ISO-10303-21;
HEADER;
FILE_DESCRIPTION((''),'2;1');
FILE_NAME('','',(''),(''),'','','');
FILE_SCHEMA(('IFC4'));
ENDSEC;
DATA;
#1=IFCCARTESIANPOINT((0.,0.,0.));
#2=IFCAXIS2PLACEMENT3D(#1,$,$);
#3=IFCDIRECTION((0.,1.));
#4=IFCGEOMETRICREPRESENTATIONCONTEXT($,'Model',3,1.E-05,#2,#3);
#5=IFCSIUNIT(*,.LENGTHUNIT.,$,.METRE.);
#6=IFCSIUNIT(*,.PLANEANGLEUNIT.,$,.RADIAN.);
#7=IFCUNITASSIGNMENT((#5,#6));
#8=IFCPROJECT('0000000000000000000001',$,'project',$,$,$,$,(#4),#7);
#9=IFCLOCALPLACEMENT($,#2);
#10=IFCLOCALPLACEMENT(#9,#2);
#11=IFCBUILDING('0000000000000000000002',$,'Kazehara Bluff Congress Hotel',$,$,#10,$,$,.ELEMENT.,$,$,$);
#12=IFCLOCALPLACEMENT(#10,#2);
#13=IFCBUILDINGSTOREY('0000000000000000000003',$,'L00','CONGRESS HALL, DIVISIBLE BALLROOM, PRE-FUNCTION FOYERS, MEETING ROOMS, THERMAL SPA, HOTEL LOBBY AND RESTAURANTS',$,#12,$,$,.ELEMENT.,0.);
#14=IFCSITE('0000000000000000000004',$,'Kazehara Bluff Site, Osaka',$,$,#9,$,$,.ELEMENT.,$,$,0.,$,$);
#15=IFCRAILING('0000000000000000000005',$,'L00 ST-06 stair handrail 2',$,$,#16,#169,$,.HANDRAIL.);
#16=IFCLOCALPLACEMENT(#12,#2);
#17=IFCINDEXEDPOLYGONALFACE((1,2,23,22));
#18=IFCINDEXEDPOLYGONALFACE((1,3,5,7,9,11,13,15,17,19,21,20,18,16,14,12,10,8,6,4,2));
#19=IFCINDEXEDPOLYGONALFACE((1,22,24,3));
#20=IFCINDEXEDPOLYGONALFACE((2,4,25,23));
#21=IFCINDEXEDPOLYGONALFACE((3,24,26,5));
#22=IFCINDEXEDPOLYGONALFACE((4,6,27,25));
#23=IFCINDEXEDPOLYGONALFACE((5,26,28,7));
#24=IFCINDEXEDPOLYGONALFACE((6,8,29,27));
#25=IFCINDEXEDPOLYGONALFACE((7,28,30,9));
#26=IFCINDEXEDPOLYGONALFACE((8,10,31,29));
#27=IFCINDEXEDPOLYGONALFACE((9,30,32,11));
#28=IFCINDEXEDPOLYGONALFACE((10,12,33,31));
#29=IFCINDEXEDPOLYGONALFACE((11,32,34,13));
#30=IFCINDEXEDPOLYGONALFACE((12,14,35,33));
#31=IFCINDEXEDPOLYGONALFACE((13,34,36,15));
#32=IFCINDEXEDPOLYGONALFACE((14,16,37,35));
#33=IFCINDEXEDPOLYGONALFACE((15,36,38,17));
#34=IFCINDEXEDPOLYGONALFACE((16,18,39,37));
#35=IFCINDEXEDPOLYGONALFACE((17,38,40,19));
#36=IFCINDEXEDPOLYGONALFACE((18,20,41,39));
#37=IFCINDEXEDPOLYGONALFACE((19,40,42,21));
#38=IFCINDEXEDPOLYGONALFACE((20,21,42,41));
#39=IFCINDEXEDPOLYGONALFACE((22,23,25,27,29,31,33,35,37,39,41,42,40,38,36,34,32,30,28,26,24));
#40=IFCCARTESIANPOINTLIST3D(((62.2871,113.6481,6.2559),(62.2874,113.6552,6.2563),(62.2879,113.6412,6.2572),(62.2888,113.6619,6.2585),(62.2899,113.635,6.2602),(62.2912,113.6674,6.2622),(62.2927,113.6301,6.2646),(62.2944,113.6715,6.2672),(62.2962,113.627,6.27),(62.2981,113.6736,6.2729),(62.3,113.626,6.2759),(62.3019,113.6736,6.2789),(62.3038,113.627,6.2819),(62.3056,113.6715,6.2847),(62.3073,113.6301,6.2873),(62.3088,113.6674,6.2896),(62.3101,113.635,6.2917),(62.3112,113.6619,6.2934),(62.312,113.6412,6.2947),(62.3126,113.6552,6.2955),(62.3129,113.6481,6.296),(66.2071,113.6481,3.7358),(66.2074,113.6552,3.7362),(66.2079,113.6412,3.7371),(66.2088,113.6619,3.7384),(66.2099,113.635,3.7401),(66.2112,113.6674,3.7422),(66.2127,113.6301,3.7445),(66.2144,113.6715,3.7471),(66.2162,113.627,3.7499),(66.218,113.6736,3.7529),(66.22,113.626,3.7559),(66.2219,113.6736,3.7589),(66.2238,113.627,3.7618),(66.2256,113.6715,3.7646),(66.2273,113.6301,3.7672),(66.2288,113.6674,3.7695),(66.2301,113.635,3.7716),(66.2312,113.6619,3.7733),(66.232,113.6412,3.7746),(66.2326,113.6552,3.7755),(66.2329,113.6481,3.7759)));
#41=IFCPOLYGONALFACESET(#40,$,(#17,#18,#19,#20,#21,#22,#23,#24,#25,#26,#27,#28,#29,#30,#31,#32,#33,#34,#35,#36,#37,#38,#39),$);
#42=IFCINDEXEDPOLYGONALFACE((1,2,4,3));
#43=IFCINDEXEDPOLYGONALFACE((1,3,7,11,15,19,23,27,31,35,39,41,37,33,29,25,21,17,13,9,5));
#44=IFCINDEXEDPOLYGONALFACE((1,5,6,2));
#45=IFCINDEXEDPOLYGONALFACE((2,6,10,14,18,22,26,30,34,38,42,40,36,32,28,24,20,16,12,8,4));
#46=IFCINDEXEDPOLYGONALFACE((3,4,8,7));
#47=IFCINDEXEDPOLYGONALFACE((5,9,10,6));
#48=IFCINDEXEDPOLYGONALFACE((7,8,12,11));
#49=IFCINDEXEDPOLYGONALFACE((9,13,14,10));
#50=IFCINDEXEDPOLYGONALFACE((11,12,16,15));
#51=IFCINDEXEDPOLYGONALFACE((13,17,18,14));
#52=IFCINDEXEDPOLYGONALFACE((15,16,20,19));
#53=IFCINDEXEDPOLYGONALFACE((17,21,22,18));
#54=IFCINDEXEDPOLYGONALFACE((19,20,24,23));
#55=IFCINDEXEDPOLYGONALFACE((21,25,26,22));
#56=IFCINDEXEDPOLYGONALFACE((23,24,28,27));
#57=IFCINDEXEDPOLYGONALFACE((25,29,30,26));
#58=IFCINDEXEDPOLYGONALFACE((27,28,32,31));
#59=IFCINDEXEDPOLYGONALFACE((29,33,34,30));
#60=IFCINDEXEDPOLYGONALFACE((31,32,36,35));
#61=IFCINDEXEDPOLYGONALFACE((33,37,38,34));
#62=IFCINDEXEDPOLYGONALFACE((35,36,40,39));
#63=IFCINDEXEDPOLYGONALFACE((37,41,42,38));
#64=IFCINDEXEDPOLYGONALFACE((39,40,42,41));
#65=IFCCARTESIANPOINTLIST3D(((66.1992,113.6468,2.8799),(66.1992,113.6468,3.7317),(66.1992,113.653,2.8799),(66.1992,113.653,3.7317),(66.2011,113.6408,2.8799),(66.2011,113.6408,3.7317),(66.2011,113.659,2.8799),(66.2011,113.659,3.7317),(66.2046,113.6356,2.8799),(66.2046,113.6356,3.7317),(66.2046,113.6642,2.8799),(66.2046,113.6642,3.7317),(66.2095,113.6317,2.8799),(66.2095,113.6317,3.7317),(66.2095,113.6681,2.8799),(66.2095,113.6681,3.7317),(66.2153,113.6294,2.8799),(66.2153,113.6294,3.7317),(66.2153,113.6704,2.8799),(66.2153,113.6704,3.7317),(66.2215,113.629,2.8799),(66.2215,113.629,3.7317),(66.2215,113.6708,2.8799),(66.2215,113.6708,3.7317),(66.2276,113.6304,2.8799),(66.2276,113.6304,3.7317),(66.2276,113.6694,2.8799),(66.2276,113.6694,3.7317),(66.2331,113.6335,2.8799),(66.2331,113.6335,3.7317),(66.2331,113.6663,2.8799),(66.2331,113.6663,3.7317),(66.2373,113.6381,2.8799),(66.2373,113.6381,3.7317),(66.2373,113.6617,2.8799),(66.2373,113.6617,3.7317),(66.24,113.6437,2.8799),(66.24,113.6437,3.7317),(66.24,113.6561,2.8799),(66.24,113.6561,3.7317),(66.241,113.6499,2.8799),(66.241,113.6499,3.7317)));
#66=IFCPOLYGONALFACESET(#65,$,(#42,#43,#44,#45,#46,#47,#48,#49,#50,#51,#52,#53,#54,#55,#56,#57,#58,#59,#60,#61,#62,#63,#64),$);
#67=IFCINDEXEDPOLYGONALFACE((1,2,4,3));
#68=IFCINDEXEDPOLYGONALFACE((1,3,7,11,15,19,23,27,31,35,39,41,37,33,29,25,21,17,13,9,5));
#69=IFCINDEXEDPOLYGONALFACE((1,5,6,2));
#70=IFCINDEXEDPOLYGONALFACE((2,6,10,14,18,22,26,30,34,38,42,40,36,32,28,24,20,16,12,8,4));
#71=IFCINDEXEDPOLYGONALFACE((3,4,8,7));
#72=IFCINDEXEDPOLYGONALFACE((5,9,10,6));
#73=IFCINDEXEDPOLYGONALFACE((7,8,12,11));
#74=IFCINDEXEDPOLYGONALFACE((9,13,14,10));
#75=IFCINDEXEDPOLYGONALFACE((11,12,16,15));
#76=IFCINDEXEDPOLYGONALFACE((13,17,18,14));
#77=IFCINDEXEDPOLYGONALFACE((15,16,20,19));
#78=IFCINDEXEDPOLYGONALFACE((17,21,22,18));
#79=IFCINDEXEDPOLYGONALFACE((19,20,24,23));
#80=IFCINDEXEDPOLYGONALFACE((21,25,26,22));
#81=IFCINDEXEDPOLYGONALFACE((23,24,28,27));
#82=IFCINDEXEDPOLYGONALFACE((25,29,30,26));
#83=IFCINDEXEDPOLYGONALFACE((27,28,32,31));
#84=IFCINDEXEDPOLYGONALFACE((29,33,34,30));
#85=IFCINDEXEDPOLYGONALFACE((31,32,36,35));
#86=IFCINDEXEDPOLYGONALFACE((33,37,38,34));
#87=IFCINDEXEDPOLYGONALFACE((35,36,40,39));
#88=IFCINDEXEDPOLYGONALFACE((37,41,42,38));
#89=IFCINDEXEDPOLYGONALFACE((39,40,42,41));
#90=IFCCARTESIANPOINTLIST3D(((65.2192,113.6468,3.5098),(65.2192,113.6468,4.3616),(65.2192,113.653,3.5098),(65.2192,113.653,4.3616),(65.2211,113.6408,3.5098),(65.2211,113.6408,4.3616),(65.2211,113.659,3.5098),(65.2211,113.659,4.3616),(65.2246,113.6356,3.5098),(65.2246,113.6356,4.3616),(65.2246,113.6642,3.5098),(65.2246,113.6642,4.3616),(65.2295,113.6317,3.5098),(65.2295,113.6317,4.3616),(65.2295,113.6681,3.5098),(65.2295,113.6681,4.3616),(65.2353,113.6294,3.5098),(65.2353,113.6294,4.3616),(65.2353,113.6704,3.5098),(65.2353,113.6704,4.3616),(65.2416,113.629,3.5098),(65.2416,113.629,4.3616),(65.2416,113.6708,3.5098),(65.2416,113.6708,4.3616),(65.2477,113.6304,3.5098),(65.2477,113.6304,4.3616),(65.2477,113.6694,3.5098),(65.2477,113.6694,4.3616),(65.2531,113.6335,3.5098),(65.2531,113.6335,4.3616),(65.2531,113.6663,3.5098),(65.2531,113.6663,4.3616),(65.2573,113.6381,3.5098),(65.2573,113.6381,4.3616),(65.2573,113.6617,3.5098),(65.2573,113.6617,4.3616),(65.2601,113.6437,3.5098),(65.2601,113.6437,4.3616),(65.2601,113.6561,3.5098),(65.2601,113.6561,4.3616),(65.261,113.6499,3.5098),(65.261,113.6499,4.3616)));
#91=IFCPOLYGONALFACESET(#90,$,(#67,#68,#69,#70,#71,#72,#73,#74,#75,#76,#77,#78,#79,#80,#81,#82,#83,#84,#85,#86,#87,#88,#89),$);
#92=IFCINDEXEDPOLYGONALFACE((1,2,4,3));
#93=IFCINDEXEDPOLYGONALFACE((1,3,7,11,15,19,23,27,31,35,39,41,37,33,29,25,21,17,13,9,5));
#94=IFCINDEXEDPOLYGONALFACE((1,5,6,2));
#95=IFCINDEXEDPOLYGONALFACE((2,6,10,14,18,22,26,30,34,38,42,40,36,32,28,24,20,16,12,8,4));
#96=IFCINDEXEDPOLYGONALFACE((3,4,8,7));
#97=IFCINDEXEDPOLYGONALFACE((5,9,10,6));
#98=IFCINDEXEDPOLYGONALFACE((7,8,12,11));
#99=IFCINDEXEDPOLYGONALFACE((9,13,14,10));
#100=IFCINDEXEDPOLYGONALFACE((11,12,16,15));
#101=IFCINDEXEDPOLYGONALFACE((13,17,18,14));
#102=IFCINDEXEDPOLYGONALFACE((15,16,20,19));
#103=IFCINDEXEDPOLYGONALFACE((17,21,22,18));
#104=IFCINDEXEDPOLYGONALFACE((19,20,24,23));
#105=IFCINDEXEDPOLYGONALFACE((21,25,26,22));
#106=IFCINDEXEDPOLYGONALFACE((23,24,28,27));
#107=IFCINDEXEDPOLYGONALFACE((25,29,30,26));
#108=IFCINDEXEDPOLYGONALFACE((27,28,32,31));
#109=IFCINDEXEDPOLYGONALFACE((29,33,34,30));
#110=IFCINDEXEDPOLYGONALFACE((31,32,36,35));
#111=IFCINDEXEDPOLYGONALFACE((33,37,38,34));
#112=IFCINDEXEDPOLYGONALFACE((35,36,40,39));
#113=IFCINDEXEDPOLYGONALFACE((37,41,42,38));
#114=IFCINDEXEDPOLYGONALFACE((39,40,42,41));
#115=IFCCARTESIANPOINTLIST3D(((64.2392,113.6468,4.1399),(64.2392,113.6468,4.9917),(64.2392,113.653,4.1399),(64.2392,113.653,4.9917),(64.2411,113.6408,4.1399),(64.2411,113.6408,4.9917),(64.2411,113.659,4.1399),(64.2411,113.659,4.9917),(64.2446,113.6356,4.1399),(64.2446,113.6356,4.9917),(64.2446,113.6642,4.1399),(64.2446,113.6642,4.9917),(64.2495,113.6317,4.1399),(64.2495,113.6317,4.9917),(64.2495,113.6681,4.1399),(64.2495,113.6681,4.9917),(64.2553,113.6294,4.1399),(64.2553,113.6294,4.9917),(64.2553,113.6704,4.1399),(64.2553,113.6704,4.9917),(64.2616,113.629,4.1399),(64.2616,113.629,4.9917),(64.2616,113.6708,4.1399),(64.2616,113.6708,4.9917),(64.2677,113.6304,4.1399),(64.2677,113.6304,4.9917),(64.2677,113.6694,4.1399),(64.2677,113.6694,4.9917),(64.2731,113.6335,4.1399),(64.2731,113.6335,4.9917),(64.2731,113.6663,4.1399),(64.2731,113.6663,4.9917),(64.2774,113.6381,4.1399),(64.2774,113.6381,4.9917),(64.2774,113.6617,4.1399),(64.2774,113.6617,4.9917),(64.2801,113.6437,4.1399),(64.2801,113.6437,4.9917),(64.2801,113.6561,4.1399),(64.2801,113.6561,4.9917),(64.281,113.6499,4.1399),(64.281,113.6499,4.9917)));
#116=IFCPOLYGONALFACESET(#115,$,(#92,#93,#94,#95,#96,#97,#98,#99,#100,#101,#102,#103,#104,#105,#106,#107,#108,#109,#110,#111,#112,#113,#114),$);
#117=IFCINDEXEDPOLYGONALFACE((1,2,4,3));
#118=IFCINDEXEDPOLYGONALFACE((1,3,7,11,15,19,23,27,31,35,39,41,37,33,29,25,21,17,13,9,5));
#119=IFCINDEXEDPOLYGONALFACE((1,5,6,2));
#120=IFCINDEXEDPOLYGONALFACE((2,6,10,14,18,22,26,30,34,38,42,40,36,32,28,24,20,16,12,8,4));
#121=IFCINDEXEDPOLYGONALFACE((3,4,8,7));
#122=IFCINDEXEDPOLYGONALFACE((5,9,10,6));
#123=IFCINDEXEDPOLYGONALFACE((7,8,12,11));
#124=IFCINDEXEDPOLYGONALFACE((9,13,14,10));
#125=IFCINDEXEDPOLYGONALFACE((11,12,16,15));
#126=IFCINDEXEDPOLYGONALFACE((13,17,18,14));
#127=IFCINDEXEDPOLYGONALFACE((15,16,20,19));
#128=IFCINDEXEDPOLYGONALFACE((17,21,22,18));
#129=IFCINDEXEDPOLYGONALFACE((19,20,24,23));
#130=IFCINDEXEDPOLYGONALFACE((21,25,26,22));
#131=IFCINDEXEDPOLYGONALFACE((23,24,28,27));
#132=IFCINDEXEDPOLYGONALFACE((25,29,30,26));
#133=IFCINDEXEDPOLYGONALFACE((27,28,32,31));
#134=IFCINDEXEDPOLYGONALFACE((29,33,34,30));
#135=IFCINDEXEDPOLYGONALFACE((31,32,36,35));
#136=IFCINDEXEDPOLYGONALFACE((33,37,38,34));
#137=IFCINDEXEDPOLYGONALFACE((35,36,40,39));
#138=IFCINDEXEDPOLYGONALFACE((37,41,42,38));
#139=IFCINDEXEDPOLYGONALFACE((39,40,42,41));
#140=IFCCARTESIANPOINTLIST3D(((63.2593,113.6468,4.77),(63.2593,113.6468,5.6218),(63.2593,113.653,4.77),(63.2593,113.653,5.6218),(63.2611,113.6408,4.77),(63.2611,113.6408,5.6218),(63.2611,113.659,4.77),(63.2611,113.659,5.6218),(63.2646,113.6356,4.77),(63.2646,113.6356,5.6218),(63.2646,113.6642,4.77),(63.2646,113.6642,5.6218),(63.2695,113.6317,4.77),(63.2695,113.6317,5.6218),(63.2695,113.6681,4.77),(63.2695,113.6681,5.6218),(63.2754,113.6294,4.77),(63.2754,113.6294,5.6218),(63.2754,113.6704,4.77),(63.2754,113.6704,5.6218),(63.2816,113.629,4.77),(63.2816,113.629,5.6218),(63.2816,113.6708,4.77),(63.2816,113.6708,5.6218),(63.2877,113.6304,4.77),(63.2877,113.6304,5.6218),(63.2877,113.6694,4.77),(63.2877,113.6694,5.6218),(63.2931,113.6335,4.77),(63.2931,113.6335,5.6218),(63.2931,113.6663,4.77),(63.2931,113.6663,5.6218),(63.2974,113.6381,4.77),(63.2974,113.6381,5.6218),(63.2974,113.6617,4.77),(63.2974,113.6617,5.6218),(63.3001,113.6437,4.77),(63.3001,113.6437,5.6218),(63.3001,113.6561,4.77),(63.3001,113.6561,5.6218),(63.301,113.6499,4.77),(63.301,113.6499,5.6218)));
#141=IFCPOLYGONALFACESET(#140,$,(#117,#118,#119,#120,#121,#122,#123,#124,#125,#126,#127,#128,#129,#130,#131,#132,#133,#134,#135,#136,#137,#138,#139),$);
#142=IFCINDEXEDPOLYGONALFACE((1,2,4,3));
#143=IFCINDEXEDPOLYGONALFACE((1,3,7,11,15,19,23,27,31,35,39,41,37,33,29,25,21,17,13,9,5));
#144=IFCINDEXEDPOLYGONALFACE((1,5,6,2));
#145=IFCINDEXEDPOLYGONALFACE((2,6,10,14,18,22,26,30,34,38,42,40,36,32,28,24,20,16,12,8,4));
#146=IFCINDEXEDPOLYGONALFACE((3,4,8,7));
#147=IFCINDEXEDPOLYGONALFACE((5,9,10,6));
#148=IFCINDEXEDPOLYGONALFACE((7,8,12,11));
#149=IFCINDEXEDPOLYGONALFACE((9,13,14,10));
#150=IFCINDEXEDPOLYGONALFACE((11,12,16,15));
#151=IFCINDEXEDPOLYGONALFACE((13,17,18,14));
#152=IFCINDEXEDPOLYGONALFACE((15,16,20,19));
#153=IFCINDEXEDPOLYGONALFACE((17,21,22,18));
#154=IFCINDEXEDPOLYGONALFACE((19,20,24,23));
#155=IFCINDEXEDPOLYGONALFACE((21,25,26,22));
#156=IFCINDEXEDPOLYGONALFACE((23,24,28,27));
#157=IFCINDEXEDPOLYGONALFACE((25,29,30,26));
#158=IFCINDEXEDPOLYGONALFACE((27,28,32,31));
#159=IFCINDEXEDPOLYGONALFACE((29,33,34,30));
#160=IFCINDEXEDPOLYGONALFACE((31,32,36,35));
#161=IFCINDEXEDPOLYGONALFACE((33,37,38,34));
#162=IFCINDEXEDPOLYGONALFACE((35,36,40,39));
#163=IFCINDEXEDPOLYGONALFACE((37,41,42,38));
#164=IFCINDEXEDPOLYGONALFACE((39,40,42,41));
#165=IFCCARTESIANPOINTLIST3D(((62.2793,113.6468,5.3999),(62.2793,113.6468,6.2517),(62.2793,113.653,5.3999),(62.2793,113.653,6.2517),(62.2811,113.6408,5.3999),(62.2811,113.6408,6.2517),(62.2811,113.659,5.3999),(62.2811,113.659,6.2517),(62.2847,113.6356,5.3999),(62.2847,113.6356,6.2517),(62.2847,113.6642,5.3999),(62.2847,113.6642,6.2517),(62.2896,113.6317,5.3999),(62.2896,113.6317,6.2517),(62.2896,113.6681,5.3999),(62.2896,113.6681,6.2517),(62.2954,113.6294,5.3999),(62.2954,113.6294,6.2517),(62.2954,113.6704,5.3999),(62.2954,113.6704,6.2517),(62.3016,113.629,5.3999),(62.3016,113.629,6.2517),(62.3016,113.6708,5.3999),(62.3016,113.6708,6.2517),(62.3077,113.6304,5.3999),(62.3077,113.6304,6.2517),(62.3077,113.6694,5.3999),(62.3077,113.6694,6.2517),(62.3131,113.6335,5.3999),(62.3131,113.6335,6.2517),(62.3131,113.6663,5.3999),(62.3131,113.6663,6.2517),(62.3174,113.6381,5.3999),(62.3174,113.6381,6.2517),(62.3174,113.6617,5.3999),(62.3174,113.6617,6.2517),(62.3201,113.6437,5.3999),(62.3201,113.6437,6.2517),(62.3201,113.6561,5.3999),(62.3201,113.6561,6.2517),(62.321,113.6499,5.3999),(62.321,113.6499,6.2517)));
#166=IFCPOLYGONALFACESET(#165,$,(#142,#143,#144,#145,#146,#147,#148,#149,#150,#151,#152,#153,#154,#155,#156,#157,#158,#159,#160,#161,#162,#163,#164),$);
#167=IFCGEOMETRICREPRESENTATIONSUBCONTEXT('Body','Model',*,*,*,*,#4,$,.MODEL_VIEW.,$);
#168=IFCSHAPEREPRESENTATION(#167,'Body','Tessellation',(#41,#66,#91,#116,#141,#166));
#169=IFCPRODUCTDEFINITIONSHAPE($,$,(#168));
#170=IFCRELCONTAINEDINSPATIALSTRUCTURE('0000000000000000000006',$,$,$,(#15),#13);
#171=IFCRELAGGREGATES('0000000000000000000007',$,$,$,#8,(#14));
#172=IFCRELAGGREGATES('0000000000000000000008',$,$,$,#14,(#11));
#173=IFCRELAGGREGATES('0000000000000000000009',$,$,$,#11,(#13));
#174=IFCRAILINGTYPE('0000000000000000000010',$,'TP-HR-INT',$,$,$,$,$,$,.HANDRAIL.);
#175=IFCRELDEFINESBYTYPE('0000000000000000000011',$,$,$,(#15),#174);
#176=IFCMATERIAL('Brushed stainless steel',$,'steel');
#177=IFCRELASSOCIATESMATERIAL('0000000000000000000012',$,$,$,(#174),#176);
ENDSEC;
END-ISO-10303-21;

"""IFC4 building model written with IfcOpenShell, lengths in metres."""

from ifc_helpers import new_model, si_unit, direction, frame, origin, origin_2d, place, context, subcontext, project, spatial, circle, extrude, material, type_object, element, save


model = new_model("IFC4")

# Units and contexts
model_context = context("Model", 3, precision=1e-05, world=origin(), true_north=direction((0.0, 1.0)))
body_context = subcontext(model_context, "Body", "Model", "MODEL_VIEW")
ifc_project = project(units=[si_unit("LENGTHUNIT", "METRE"), si_unit("PLANEANGLEUNIT", "RADIAN")], contexts=[model_context])

# Site, building, storey
site_placement = place(None, origin())
site = spatial("IfcSite", under=ifc_project, at=site_placement, Name="Kazehara Bluff Site, Osaka", CompositionType="ELEMENT", RefElevation=0.0)
building_placement = place(site_placement, origin())
building = spatial("IfcBuilding", under=site, at=building_placement, Name="Kazehara Bluff Congress Hotel", CompositionType="ELEMENT")
storey_placement = place(building_placement, origin())
storey = spatial("IfcBuildingStorey", under=building, at=storey_placement, Name="L00", Description="CONGRESS HALL, DIVISIBLE BALLROOM, PRE-FUNCTION FOYERS, MEETING ROOMS, THERMAL SPA, HOTEL LOBBY AND RESTAURANTS", CompositionType="ELEMENT", Elevation=0.0)

# Railing
ifc_material_1 = material(Name="Brushed stainless steel", Category="steel")
railing_type_1 = type_object("IfcRailingType", Name="TP-HR-INT", PredefinedType="HANDRAIL", material=ifc_material_1)
railing_1_placement = place(storey_placement, frame((66.22, 113.6499, 2.8799)))
element("IfcRailing", 1, at=railing_1_placement, inside=storey, type_object=railing_type_1, Name="L00 ST-06 stair handrail 2", PredefinedType="HANDRAIL", context=body_context, shape_type="SweptSolid", body=[
    extrude(circle(Radius=0.0239, at=origin_2d()), frame((0.0, 0.0, 0.876), z_axis=(-0.841172, 0.0, 0.540768), x_axis=(0.0, -1.0, 0.0)), (0.0, 0.0, 1.0), 4.6602),
    extrude(circle(Radius=0.021, at=origin_2d()), origin(), (0.0, 0.0, 1.0), 0.8518),
    extrude(circle(Radius=0.021, at=origin_2d()), frame((-0.98, 0.0, 0.6299)), (0.0, 0.0, 1.0), 0.8518),
    extrude(circle(Radius=0.021, at=origin_2d()), frame((-1.96, 0.0, 1.26)), (0.0, 0.0, 1.0), 0.8518),
    extrude(circle(Radius=0.021, at=origin_2d()), frame((-2.9399, 0.0, 1.8901)), (0.0, 0.0, 1.0), 0.8518),
    extrude(circle(Radius=0.021, at=origin_2d()), frame((-3.9199, 0.0, 2.52)), (0.0, 0.0, 1.0), 0.8518),
])

save(model, "model.ifc")
